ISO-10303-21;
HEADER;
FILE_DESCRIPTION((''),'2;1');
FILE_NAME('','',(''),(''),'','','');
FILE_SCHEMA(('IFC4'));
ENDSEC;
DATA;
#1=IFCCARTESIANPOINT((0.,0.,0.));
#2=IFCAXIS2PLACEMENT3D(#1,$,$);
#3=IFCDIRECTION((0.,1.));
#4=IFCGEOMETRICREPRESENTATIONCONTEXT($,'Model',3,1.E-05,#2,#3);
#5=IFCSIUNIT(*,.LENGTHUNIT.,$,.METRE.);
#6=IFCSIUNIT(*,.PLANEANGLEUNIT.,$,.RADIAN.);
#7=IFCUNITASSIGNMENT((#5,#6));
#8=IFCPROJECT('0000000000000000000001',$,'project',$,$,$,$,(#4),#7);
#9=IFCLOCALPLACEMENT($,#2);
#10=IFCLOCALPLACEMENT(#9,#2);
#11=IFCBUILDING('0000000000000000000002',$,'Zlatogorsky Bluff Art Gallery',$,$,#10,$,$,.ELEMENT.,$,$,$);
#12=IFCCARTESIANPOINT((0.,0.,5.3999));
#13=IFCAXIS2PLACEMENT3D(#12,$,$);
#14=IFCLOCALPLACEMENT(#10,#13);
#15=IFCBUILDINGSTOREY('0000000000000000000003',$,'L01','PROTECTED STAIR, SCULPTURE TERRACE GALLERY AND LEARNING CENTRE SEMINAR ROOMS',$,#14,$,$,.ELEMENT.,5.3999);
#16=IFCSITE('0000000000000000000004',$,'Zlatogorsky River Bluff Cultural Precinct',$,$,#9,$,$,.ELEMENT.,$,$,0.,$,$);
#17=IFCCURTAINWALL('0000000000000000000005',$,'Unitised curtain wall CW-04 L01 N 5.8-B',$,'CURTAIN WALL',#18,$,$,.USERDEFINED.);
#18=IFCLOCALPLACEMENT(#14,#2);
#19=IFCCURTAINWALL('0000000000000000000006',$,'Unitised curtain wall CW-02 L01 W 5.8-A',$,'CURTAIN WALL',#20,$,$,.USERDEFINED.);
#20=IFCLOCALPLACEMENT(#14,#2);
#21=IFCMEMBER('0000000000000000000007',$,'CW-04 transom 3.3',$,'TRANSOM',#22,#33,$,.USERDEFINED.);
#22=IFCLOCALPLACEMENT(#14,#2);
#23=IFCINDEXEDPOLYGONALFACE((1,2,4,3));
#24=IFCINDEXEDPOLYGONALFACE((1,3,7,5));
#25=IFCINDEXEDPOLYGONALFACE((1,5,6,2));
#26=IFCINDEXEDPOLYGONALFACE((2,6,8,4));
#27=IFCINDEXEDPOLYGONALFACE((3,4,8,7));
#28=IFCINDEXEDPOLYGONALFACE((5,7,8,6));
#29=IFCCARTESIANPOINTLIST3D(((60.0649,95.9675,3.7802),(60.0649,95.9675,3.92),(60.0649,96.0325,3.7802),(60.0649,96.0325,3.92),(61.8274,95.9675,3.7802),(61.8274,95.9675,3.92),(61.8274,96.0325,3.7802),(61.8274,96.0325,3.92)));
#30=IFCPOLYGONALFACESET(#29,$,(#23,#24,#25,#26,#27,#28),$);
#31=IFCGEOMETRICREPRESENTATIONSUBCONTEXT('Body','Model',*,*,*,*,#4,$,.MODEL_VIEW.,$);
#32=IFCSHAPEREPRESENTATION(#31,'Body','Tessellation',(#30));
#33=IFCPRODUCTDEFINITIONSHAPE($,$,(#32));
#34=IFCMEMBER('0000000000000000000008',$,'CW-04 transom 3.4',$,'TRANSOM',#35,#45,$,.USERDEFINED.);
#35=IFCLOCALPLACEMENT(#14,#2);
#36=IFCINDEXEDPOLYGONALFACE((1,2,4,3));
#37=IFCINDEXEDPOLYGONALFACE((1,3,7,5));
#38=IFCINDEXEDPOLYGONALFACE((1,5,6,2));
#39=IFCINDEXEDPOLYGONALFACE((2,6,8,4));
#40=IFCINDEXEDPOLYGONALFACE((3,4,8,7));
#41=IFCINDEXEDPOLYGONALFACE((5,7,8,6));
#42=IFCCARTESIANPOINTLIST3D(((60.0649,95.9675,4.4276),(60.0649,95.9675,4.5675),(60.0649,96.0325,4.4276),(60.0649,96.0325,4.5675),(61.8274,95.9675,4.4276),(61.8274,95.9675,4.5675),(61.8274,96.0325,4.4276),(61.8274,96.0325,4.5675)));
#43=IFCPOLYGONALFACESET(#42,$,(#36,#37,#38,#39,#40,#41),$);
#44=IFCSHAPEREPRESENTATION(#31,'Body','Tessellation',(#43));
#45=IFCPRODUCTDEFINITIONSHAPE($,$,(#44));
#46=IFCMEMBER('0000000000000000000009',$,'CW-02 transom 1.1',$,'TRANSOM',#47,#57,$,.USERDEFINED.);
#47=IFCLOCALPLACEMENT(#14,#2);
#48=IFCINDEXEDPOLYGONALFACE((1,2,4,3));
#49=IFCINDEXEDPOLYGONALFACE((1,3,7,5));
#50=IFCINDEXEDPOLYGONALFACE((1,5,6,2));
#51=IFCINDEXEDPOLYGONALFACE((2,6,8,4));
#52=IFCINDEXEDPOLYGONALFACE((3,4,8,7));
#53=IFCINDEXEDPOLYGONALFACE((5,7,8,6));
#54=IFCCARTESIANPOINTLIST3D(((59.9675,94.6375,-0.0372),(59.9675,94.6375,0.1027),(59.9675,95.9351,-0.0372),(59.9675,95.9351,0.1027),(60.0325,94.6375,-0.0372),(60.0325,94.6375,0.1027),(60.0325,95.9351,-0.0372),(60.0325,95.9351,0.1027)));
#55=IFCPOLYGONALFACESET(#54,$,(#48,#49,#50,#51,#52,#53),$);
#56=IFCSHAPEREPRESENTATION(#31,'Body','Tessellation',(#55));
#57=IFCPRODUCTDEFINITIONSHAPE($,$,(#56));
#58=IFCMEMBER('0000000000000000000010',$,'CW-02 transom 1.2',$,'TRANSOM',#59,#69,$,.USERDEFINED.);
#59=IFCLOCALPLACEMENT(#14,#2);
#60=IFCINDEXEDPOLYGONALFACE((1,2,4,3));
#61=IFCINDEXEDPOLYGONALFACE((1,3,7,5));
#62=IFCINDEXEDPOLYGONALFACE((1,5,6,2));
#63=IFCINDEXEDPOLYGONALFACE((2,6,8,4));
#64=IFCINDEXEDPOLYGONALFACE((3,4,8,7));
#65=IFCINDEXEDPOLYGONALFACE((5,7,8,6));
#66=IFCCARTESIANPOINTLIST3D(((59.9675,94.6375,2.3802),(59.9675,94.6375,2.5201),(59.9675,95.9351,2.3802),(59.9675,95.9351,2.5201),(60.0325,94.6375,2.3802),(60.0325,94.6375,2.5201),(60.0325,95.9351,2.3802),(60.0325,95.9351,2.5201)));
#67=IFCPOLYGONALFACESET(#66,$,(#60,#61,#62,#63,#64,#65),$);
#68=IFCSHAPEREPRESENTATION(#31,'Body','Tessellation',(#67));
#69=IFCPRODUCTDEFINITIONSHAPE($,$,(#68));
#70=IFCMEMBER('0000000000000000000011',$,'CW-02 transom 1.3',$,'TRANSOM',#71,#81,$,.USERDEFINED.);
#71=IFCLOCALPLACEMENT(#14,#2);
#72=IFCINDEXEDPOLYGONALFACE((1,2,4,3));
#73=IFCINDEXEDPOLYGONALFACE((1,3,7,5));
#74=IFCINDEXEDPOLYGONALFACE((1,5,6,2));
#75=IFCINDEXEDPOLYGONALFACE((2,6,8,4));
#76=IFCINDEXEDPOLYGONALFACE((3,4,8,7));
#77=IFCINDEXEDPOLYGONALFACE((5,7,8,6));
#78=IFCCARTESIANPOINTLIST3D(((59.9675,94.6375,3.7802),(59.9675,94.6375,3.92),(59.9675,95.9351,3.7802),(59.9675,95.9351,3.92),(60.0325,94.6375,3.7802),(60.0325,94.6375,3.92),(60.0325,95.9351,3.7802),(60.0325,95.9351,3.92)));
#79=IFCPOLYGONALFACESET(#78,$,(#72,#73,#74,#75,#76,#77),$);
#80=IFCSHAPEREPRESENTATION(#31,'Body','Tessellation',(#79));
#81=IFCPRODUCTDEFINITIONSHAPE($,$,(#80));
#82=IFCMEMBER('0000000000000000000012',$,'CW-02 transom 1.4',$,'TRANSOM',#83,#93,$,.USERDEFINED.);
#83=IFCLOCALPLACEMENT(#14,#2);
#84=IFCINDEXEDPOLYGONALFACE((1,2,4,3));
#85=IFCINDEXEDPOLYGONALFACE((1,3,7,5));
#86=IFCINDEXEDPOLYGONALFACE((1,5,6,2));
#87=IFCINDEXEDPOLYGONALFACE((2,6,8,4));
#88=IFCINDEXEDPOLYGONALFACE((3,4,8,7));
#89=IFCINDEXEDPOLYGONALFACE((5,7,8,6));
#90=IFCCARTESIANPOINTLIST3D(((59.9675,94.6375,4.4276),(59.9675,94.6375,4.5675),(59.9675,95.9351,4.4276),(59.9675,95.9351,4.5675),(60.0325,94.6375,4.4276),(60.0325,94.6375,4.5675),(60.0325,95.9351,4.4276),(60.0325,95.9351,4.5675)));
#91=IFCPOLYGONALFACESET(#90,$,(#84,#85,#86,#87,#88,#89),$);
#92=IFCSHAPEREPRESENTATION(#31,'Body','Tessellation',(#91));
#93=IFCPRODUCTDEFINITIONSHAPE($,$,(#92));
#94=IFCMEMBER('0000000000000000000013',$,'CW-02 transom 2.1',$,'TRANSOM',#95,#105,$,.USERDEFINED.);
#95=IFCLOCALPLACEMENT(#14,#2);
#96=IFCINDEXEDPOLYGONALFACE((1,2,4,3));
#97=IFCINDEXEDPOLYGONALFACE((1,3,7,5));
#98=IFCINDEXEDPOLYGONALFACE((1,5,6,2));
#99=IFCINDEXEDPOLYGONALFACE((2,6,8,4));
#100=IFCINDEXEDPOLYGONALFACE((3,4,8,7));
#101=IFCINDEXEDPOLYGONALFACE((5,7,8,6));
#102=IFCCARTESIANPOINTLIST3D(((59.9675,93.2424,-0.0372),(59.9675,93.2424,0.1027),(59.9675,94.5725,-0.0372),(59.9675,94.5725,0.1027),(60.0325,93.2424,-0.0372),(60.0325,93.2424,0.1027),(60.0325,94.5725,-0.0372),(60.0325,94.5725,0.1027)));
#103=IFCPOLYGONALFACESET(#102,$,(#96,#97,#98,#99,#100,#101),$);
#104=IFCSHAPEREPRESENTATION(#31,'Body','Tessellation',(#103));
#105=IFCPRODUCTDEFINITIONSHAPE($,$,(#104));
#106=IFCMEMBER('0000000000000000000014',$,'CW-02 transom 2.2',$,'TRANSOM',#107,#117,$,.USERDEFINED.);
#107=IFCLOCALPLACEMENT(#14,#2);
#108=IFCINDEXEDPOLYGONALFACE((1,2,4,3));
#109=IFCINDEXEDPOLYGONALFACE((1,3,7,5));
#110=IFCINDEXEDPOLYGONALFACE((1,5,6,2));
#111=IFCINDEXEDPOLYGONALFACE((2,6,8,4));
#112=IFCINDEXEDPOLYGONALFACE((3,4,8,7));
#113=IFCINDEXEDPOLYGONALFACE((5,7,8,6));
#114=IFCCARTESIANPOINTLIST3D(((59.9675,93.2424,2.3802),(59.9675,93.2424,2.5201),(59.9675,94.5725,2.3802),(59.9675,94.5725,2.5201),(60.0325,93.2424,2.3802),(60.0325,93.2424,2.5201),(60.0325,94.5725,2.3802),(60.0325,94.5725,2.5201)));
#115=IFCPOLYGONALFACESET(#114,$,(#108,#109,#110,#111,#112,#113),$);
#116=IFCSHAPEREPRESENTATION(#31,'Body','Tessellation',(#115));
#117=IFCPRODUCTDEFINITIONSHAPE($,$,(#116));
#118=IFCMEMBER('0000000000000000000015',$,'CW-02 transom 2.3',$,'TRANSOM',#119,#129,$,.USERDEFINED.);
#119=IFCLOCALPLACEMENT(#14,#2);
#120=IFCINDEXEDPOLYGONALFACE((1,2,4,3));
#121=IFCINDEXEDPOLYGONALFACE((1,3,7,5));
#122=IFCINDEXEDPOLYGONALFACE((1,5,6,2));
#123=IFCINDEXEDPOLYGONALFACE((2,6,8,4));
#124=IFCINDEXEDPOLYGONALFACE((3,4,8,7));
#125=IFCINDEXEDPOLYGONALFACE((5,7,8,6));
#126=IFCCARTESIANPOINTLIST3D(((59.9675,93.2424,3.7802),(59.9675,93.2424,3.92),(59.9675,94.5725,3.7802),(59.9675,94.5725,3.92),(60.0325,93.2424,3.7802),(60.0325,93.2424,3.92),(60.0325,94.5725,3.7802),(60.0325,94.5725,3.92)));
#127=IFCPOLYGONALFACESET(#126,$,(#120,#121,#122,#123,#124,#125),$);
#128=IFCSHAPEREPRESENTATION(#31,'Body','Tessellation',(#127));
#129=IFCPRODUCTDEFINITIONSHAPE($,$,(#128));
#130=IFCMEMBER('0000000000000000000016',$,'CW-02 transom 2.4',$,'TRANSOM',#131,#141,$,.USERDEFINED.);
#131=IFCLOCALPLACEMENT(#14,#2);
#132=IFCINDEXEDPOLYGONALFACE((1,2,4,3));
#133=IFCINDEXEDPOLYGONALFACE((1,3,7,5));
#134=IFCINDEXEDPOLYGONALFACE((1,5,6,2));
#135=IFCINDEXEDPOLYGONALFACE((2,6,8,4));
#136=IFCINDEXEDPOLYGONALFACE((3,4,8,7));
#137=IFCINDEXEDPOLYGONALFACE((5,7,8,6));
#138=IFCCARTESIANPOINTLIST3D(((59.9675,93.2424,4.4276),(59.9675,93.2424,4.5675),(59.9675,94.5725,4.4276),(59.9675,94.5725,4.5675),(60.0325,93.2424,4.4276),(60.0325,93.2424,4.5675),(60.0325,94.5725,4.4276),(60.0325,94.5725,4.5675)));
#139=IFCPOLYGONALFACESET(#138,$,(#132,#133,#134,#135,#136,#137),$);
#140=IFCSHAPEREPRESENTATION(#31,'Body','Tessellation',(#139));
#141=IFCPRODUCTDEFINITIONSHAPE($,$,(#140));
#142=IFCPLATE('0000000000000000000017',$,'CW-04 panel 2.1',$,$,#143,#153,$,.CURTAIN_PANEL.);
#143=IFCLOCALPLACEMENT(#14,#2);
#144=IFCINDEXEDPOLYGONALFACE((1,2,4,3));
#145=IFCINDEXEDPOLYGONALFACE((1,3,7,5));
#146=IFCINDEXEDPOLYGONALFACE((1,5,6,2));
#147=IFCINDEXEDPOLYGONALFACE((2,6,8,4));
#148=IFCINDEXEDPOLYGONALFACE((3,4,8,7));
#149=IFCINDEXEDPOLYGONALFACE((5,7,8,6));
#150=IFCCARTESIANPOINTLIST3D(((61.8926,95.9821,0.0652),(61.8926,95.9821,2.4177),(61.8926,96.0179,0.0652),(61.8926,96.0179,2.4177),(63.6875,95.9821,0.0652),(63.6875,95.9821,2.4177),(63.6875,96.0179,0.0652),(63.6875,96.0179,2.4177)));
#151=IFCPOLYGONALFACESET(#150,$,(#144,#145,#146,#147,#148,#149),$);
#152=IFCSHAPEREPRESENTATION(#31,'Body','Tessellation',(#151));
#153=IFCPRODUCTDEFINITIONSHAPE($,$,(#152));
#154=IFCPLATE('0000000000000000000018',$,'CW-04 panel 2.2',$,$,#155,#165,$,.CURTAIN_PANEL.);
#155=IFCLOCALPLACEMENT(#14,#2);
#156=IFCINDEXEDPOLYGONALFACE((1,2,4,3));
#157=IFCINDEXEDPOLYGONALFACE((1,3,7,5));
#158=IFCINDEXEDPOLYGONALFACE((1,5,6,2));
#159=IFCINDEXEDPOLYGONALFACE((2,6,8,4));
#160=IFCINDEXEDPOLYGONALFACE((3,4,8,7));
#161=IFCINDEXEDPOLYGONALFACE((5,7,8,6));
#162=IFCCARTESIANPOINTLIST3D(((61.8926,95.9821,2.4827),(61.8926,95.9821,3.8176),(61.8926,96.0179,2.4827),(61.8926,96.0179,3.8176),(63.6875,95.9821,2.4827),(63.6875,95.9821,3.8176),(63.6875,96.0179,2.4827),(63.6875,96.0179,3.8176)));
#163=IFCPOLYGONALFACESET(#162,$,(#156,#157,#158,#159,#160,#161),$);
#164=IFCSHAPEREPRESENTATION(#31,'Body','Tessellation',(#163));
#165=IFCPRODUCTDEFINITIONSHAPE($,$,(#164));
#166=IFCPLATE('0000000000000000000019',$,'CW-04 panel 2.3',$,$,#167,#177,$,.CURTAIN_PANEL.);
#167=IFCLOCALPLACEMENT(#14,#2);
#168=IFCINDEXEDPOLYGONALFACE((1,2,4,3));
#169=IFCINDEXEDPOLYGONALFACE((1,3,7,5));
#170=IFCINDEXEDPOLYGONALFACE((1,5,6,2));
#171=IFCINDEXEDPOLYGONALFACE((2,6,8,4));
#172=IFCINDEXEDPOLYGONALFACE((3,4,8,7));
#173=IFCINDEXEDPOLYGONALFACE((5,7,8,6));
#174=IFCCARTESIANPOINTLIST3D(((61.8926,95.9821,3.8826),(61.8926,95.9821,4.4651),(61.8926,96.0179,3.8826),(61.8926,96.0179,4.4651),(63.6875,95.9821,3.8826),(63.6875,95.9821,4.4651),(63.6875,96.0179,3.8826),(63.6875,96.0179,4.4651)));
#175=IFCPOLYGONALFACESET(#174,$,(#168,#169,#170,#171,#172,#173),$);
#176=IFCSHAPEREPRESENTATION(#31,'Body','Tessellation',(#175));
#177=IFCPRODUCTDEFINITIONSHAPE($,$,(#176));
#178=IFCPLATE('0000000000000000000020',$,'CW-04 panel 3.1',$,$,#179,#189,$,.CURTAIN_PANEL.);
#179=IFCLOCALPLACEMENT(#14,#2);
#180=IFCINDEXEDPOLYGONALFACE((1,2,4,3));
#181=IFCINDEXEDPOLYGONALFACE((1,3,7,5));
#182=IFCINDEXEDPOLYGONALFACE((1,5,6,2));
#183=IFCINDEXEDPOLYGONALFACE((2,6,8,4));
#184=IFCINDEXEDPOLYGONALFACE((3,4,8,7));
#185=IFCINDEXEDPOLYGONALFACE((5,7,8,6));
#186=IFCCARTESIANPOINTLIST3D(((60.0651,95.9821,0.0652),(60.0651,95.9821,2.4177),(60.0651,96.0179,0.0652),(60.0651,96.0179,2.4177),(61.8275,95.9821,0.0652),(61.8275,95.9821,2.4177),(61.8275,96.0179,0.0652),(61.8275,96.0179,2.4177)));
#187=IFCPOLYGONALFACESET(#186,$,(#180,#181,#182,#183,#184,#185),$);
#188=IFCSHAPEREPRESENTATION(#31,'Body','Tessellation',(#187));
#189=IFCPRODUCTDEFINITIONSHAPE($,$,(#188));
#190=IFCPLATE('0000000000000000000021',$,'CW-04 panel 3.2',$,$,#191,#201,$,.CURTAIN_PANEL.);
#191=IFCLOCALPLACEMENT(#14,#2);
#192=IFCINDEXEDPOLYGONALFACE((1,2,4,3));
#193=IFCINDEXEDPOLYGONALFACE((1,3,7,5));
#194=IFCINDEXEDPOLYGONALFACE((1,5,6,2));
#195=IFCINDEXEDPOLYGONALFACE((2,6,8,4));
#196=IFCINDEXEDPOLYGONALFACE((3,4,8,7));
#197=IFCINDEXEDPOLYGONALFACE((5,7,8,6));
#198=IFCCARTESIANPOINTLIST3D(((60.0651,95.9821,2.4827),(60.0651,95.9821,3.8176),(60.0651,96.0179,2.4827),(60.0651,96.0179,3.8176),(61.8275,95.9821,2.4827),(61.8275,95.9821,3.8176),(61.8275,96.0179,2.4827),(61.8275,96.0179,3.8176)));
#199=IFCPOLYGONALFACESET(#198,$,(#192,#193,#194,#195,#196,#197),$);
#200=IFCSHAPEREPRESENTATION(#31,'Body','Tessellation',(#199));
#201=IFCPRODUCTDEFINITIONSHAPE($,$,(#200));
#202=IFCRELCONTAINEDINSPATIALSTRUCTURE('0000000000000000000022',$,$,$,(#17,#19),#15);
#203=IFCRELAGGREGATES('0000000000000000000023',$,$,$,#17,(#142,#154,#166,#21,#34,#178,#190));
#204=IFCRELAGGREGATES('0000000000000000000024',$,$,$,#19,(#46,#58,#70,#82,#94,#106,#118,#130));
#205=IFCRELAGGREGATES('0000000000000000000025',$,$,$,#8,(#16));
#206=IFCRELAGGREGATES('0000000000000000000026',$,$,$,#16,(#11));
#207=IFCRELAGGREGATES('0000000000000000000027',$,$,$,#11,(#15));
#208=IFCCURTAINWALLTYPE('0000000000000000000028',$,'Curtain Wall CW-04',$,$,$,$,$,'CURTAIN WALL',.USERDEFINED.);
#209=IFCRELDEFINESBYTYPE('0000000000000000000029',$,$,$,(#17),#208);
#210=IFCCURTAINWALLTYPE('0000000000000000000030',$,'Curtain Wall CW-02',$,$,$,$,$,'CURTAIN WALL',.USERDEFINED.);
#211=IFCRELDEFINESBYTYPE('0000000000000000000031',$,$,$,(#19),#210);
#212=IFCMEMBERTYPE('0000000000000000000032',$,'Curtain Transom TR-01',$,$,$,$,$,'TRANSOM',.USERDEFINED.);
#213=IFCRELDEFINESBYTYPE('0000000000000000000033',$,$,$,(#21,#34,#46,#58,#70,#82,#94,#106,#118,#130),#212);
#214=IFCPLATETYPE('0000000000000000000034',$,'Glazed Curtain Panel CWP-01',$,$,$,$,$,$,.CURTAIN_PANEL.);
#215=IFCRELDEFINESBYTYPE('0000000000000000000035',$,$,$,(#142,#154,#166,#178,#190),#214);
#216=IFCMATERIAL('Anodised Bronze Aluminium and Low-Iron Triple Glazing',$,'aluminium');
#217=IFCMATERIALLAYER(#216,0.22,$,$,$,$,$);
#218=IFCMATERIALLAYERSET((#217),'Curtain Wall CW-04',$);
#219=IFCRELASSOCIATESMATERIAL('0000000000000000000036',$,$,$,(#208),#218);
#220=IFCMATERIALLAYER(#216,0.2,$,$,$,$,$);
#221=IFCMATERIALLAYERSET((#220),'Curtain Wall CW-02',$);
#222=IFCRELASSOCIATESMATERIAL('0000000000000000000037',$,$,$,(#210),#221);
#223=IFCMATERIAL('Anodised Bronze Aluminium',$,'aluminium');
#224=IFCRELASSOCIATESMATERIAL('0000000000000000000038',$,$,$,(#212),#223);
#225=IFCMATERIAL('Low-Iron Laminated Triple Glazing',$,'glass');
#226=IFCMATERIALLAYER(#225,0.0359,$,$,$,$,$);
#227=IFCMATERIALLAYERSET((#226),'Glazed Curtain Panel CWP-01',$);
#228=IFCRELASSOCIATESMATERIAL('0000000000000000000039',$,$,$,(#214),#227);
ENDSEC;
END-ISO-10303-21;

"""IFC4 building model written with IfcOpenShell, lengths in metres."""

from ifc_helpers import new_model, si_unit, direction, frame, origin, origin_2d, place, context, subcontext, project, spatial, rectangle, extrude, material, layer, layer_set, material_profile, profile_set, type_object, element, aggregate, save


model = new_model("IFC4")

# Units and contexts
model_context = context("Model", 3, precision=1e-05, world=origin(), true_north=direction((0.0, 1.0)))
body_context = subcontext(model_context, "Body", "Model", "MODEL_VIEW")
ifc_project = project(units=[si_unit("LENGTHUNIT", "METRE"), si_unit("PLANEANGLEUNIT", "RADIAN")], contexts=[model_context])

# Site, building, storey
site_placement = place(None, origin())
site = spatial("IfcSite", under=ifc_project, at=site_placement, Name="Zlatogorsky River Bluff Cultural Precinct", CompositionType="ELEMENT", RefElevation=0.0)
building_placement = place(site_placement, origin())
building = spatial("IfcBuilding", under=site, at=building_placement, Name="Zlatogorsky Bluff Art Gallery", CompositionType="ELEMENT")
storey_placement = place(building_placement, frame((0.0, 0.0, 5.3999)))
storey = spatial("IfcBuildingStorey", under=building, at=storey_placement, Name="L01", Description="PROTECTED STAIR, SCULPTURE TERRACE GALLERY AND LEARNING CENTRE SEMINAR ROOMS", CompositionType="ELEMENT", Elevation=5.3999)

# Curtain walls
ifc_material_1 = material(Name="Anodised Bronze Aluminium and Low-Iron Triple Glazing", Category="aluminium")
ifc_layer_1 = layer(ifc_material_1, 0.22)
ifc_layer_set_1 = layer_set([ifc_layer_1], Name="Curtain Wall CW-04")
curtain_wall_type_1 = type_object("IfcCurtainWallType", Name="Curtain Wall CW-04", ElementType="CURTAIN WALL", PredefinedType="USERDEFINED", material=ifc_layer_set_1)
curtain_wall_1_placement = place(storey_placement, origin())
curtain_wall_1 = element("IfcCurtainWall", 1, at=curtain_wall_1_placement, inside=storey, type_object=curtain_wall_type_1, Name="Unitised curtain wall CW-04 L01 N 5.8-B", ObjectType="CURTAIN WALL", PredefinedType="USERDEFINED")
ifc_material_2 = material(Name="Anodised Bronze Aluminium", Category="aluminium")
ifc_layer_2 = layer(ifc_material_1, 0.2)
ifc_layer_set_2 = layer_set([ifc_layer_2], Name="Curtain Wall CW-02")
curtain_wall_type_2 = type_object("IfcCurtainWallType", Name="Curtain Wall CW-02", ElementType="CURTAIN WALL", PredefinedType="USERDEFINED", material=ifc_layer_set_2)
curtain_wall_2_placement = place(storey_placement, origin())
curtain_wall_2 = element("IfcCurtainWall", 2, at=curtain_wall_2_placement, inside=storey, type_object=curtain_wall_type_2, Name="Unitised curtain wall CW-02 L01 W 5.8-A", ObjectType="CURTAIN WALL", PredefinedType="USERDEFINED")

# Members
ifc_material_profile_1 = material_profile(ifc_material_2, rectangle(XDim=0.0649, YDim=0.1399, at=origin_2d()), Name="ALU TRANSOM 65x140")
ifc_profile_set_1 = profile_set([ifc_material_profile_1], Name="Anodised Bronze Aluminium")
member_type_1 = type_object("IfcMemberType", Name="Curtain Transom TR-01", ElementType="TRANSOM", PredefinedType="USERDEFINED", material=ifc_profile_set_1)
member_1_placement = place(storey_placement, frame((61.8274, 96.0, 3.8501), z_axis=(-1.0, 0.0, 0.0), x_axis=(0.0, -1.0, 0.0)))
member_1 = element("IfcMember", 3, at=member_1_placement, type_object=member_type_1, Name="CW-04 transom 3.3", ObjectType="TRANSOM", PredefinedType="USERDEFINED", context=body_context, shape_type="SweptSolid", body=[
    extrude(rectangle(XDim=0.0649, YDim=0.1399, at=origin_2d()), origin(), (0.0, 0.0, 1.0), 1.7625),
])
member_2_placement = place(storey_placement, frame((61.8274, 96.0, 4.4976), z_axis=(-1.0, 0.0, 0.0), x_axis=(0.0, -1.0, 0.0)))
member_2 = element("IfcMember", 4, at=member_2_placement, type_object=member_type_1, Name="CW-04 transom 3.4", ObjectType="TRANSOM", PredefinedType="USERDEFINED", context=body_context, shape_type="SweptSolid", body=[
    extrude(rectangle(XDim=0.0649, YDim=0.1399, at=origin_2d()), origin(), (0.0, 0.0, 1.0), 1.7625),
])
member_3_placement = place(storey_placement, frame((60.0, 95.9351, 0.0327), z_axis=(0.0, -1.0, 0.0), x_axis=(1.0, 0.0, 0.0)))
member_3 = element("IfcMember", 5, at=member_3_placement, type_object=member_type_1, Name="CW-02 transom 1.1", ObjectType="TRANSOM", PredefinedType="USERDEFINED", context=body_context, shape_type="SweptSolid", body=[
    extrude(rectangle(XDim=0.0649, YDim=0.1399, at=origin_2d()), origin(), (0.0, 0.0, 1.0), 1.2976),
])
member_4_placement = place(storey_placement, frame((60.0, 95.9351, 2.4502), z_axis=(0.0, -1.0, 0.0), x_axis=(1.0, 0.0, 0.0)))
member_4 = element("IfcMember", 6, at=member_4_placement, type_object=member_type_1, Name="CW-02 transom 1.2", ObjectType="TRANSOM", PredefinedType="USERDEFINED", context=body_context, shape_type="SweptSolid", body=[
    extrude(rectangle(XDim=0.0649, YDim=0.1399, at=origin_2d()), origin(), (0.0, 0.0, 1.0), 1.2976),
])
member_5_placement = place(storey_placement, frame((60.0, 95.9351, 3.8501), z_axis=(0.0, -1.0, 0.0), x_axis=(1.0, 0.0, 0.0)))
member_5 = element("IfcMember", 7, at=member_5_placement, type_object=member_type_1, Name="CW-02 transom 1.3", ObjectType="TRANSOM", PredefinedType="USERDEFINED", context=body_context, shape_type="SweptSolid", body=[
    extrude(rectangle(XDim=0.0649, YDim=0.1399, at=origin_2d()), origin(), (0.0, 0.0, 1.0), 1.2976),
])
member_6_placement = place(storey_placement, frame((60.0, 95.9351, 4.4976), z_axis=(0.0, -1.0, 0.0), x_axis=(1.0, 0.0, 0.0)))
member_6 = element("IfcMember", 8, at=member_6_placement, type_object=member_type_1, Name="CW-02 transom 1.4", ObjectType="TRANSOM", PredefinedType="USERDEFINED", context=body_context, shape_type="SweptSolid", body=[
    extrude(rectangle(XDim=0.0649, YDim=0.1399, at=origin_2d()), origin(), (0.0, 0.0, 1.0), 1.2976),
])
member_7_placement = place(storey_placement, frame((60.0, 94.5725, 0.0327), z_axis=(0.0, -1.0, 0.0), x_axis=(1.0, 0.0, 0.0)))
member_7 = element("IfcMember", 9, at=member_7_placement, type_object=member_type_1, Name="CW-02 transom 2.1", ObjectType="TRANSOM", PredefinedType="USERDEFINED", context=body_context, shape_type="SweptSolid", body=[
    extrude(rectangle(XDim=0.0649, YDim=0.1399, at=origin_2d()), origin(), (0.0, 0.0, 1.0), 1.3301),
])
member_8_placement = place(storey_placement, frame((60.0, 94.5725, 2.4502), z_axis=(0.0, -1.0, 0.0), x_axis=(1.0, 0.0, 0.0)))
member_8 = element("IfcMember", 10, at=member_8_placement, type_object=member_type_1, Name="CW-02 transom 2.2", ObjectType="TRANSOM", PredefinedType="USERDEFINED", context=body_context, shape_type="SweptSolid", body=[
    extrude(rectangle(XDim=0.0649, YDim=0.1399, at=origin_2d()), origin(), (0.0, 0.0, 1.0), 1.3301),
])
member_9_placement = place(storey_placement, frame((60.0, 94.5725, 3.8501), z_axis=(0.0, -1.0, 0.0), x_axis=(1.0, 0.0, 0.0)))
member_9 = element("IfcMember", 11, at=member_9_placement, type_object=member_type_1, Name="CW-02 transom 2.3", ObjectType="TRANSOM", PredefinedType="USERDEFINED", context=body_context, shape_type="SweptSolid", body=[
    extrude(rectangle(XDim=0.0649, YDim=0.1399, at=origin_2d()), origin(), (0.0, 0.0, 1.0), 1.3301),
])
member_10_placement = place(storey_placement, frame((60.0, 94.5725, 4.4976), z_axis=(0.0, -1.0, 0.0), x_axis=(1.0, 0.0, 0.0)))
member_10 = element("IfcMember", 12, at=member_10_placement, type_object=member_type_1, Name="CW-02 transom 2.4", ObjectType="TRANSOM", PredefinedType="USERDEFINED", context=body_context, shape_type="SweptSolid", body=[
    extrude(rectangle(XDim=0.0649, YDim=0.1399, at=origin_2d()), origin(), (0.0, 0.0, 1.0), 1.3301),
])

# Plates
ifc_material_3 = material(Name="Low-Iron Laminated Triple Glazing", Category="glass")
ifc_layer_3 = layer(ifc_material_3, 0.0359)
ifc_layer_set_3 = layer_set([ifc_layer_3], Name="Glazed Curtain Panel CWP-01")
plate_type = type_object("IfcPlateType", Name="Glazed Curtain Panel CWP-01", PredefinedType="CURTAIN_PANEL", material=ifc_layer_set_3)
plate_1_placement = place(storey_placement, frame((62.79, 96.0, 0.0652), z_axis=(0.0, 0.0, 1.0), x_axis=(-1.0, 0.0, 0.0)))
plate_1 = element("IfcPlate", 13, at=plate_1_placement, type_object=plate_type, Name="CW-04 panel 2.1", PredefinedType="CURTAIN_PANEL", context=body_context, shape_type="SweptSolid", body=[
    extrude(rectangle(XDim=1.7949, YDim=0.0359, at=origin_2d()), origin(), (0.0, 0.0, 1.0), 2.3525),
])
plate_2_placement = place(storey_placement, frame((62.79, 96.0, 2.4827), z_axis=(0.0, 0.0, 1.0), x_axis=(-1.0, 0.0, 0.0)))
plate_2 = element("IfcPlate", 14, at=plate_2_placement, type_object=plate_type, Name="CW-04 panel 2.2", PredefinedType="CURTAIN_PANEL", context=body_context, shape_type="SweptSolid", body=[
    extrude(rectangle(XDim=1.7949, YDim=0.0359, at=origin_2d()), origin(), (0.0, 0.0, 1.0), 1.335),
])
plate_3_placement = place(storey_placement, frame((62.79, 96.0, 3.8826), z_axis=(0.0, 0.0, 1.0), x_axis=(-1.0, 0.0, 0.0)))
plate_3 = element("IfcPlate", 15, at=plate_3_placement, type_object=plate_type, Name="CW-04 panel 2.3", PredefinedType="CURTAIN_PANEL", context=body_context, shape_type="SweptSolid", body=[
    extrude(rectangle(XDim=1.7949, YDim=0.0359, at=origin_2d()), origin(), (0.0, 0.0, 1.0), 0.5825),
])
plate_4_placement = place(storey_placement, frame((60.9463, 96.0, 0.0652), z_axis=(0.0, 0.0, 1.0), x_axis=(-1.0, 0.0, 0.0)))
plate_4 = element("IfcPlate", 16, at=plate_4_placement, type_object=plate_type, Name="CW-04 panel 3.1", PredefinedType="CURTAIN_PANEL", context=body_context, shape_type="SweptSolid", body=[
    extrude(rectangle(XDim=1.7625, YDim=0.0359, at=origin_2d()), origin(), (0.0, 0.0, 1.0), 2.3525),
])
plate_5_placement = place(storey_placement, frame((60.9463, 96.0, 2.4827), z_axis=(0.0, 0.0, 1.0), x_axis=(-1.0, 0.0, 0.0)))
plate_5 = element("IfcPlate", 17, at=plate_5_placement, type_object=plate_type, Name="CW-04 panel 3.2", PredefinedType="CURTAIN_PANEL", context=body_context, shape_type="SweptSolid", body=[
    extrude(rectangle(XDim=1.7625, YDim=0.0359, at=origin_2d()), origin(), (0.0, 0.0, 1.0), 1.335),
])
aggregate(curtain_wall_1, [plate_1, plate_2, plate_3, member_1, member_2, plate_4, plate_5])
aggregate(curtain_wall_2, [member_3, member_4, member_5, member_6, member_7, member_8, member_9, member_10])

save(model, "model.ifc")
